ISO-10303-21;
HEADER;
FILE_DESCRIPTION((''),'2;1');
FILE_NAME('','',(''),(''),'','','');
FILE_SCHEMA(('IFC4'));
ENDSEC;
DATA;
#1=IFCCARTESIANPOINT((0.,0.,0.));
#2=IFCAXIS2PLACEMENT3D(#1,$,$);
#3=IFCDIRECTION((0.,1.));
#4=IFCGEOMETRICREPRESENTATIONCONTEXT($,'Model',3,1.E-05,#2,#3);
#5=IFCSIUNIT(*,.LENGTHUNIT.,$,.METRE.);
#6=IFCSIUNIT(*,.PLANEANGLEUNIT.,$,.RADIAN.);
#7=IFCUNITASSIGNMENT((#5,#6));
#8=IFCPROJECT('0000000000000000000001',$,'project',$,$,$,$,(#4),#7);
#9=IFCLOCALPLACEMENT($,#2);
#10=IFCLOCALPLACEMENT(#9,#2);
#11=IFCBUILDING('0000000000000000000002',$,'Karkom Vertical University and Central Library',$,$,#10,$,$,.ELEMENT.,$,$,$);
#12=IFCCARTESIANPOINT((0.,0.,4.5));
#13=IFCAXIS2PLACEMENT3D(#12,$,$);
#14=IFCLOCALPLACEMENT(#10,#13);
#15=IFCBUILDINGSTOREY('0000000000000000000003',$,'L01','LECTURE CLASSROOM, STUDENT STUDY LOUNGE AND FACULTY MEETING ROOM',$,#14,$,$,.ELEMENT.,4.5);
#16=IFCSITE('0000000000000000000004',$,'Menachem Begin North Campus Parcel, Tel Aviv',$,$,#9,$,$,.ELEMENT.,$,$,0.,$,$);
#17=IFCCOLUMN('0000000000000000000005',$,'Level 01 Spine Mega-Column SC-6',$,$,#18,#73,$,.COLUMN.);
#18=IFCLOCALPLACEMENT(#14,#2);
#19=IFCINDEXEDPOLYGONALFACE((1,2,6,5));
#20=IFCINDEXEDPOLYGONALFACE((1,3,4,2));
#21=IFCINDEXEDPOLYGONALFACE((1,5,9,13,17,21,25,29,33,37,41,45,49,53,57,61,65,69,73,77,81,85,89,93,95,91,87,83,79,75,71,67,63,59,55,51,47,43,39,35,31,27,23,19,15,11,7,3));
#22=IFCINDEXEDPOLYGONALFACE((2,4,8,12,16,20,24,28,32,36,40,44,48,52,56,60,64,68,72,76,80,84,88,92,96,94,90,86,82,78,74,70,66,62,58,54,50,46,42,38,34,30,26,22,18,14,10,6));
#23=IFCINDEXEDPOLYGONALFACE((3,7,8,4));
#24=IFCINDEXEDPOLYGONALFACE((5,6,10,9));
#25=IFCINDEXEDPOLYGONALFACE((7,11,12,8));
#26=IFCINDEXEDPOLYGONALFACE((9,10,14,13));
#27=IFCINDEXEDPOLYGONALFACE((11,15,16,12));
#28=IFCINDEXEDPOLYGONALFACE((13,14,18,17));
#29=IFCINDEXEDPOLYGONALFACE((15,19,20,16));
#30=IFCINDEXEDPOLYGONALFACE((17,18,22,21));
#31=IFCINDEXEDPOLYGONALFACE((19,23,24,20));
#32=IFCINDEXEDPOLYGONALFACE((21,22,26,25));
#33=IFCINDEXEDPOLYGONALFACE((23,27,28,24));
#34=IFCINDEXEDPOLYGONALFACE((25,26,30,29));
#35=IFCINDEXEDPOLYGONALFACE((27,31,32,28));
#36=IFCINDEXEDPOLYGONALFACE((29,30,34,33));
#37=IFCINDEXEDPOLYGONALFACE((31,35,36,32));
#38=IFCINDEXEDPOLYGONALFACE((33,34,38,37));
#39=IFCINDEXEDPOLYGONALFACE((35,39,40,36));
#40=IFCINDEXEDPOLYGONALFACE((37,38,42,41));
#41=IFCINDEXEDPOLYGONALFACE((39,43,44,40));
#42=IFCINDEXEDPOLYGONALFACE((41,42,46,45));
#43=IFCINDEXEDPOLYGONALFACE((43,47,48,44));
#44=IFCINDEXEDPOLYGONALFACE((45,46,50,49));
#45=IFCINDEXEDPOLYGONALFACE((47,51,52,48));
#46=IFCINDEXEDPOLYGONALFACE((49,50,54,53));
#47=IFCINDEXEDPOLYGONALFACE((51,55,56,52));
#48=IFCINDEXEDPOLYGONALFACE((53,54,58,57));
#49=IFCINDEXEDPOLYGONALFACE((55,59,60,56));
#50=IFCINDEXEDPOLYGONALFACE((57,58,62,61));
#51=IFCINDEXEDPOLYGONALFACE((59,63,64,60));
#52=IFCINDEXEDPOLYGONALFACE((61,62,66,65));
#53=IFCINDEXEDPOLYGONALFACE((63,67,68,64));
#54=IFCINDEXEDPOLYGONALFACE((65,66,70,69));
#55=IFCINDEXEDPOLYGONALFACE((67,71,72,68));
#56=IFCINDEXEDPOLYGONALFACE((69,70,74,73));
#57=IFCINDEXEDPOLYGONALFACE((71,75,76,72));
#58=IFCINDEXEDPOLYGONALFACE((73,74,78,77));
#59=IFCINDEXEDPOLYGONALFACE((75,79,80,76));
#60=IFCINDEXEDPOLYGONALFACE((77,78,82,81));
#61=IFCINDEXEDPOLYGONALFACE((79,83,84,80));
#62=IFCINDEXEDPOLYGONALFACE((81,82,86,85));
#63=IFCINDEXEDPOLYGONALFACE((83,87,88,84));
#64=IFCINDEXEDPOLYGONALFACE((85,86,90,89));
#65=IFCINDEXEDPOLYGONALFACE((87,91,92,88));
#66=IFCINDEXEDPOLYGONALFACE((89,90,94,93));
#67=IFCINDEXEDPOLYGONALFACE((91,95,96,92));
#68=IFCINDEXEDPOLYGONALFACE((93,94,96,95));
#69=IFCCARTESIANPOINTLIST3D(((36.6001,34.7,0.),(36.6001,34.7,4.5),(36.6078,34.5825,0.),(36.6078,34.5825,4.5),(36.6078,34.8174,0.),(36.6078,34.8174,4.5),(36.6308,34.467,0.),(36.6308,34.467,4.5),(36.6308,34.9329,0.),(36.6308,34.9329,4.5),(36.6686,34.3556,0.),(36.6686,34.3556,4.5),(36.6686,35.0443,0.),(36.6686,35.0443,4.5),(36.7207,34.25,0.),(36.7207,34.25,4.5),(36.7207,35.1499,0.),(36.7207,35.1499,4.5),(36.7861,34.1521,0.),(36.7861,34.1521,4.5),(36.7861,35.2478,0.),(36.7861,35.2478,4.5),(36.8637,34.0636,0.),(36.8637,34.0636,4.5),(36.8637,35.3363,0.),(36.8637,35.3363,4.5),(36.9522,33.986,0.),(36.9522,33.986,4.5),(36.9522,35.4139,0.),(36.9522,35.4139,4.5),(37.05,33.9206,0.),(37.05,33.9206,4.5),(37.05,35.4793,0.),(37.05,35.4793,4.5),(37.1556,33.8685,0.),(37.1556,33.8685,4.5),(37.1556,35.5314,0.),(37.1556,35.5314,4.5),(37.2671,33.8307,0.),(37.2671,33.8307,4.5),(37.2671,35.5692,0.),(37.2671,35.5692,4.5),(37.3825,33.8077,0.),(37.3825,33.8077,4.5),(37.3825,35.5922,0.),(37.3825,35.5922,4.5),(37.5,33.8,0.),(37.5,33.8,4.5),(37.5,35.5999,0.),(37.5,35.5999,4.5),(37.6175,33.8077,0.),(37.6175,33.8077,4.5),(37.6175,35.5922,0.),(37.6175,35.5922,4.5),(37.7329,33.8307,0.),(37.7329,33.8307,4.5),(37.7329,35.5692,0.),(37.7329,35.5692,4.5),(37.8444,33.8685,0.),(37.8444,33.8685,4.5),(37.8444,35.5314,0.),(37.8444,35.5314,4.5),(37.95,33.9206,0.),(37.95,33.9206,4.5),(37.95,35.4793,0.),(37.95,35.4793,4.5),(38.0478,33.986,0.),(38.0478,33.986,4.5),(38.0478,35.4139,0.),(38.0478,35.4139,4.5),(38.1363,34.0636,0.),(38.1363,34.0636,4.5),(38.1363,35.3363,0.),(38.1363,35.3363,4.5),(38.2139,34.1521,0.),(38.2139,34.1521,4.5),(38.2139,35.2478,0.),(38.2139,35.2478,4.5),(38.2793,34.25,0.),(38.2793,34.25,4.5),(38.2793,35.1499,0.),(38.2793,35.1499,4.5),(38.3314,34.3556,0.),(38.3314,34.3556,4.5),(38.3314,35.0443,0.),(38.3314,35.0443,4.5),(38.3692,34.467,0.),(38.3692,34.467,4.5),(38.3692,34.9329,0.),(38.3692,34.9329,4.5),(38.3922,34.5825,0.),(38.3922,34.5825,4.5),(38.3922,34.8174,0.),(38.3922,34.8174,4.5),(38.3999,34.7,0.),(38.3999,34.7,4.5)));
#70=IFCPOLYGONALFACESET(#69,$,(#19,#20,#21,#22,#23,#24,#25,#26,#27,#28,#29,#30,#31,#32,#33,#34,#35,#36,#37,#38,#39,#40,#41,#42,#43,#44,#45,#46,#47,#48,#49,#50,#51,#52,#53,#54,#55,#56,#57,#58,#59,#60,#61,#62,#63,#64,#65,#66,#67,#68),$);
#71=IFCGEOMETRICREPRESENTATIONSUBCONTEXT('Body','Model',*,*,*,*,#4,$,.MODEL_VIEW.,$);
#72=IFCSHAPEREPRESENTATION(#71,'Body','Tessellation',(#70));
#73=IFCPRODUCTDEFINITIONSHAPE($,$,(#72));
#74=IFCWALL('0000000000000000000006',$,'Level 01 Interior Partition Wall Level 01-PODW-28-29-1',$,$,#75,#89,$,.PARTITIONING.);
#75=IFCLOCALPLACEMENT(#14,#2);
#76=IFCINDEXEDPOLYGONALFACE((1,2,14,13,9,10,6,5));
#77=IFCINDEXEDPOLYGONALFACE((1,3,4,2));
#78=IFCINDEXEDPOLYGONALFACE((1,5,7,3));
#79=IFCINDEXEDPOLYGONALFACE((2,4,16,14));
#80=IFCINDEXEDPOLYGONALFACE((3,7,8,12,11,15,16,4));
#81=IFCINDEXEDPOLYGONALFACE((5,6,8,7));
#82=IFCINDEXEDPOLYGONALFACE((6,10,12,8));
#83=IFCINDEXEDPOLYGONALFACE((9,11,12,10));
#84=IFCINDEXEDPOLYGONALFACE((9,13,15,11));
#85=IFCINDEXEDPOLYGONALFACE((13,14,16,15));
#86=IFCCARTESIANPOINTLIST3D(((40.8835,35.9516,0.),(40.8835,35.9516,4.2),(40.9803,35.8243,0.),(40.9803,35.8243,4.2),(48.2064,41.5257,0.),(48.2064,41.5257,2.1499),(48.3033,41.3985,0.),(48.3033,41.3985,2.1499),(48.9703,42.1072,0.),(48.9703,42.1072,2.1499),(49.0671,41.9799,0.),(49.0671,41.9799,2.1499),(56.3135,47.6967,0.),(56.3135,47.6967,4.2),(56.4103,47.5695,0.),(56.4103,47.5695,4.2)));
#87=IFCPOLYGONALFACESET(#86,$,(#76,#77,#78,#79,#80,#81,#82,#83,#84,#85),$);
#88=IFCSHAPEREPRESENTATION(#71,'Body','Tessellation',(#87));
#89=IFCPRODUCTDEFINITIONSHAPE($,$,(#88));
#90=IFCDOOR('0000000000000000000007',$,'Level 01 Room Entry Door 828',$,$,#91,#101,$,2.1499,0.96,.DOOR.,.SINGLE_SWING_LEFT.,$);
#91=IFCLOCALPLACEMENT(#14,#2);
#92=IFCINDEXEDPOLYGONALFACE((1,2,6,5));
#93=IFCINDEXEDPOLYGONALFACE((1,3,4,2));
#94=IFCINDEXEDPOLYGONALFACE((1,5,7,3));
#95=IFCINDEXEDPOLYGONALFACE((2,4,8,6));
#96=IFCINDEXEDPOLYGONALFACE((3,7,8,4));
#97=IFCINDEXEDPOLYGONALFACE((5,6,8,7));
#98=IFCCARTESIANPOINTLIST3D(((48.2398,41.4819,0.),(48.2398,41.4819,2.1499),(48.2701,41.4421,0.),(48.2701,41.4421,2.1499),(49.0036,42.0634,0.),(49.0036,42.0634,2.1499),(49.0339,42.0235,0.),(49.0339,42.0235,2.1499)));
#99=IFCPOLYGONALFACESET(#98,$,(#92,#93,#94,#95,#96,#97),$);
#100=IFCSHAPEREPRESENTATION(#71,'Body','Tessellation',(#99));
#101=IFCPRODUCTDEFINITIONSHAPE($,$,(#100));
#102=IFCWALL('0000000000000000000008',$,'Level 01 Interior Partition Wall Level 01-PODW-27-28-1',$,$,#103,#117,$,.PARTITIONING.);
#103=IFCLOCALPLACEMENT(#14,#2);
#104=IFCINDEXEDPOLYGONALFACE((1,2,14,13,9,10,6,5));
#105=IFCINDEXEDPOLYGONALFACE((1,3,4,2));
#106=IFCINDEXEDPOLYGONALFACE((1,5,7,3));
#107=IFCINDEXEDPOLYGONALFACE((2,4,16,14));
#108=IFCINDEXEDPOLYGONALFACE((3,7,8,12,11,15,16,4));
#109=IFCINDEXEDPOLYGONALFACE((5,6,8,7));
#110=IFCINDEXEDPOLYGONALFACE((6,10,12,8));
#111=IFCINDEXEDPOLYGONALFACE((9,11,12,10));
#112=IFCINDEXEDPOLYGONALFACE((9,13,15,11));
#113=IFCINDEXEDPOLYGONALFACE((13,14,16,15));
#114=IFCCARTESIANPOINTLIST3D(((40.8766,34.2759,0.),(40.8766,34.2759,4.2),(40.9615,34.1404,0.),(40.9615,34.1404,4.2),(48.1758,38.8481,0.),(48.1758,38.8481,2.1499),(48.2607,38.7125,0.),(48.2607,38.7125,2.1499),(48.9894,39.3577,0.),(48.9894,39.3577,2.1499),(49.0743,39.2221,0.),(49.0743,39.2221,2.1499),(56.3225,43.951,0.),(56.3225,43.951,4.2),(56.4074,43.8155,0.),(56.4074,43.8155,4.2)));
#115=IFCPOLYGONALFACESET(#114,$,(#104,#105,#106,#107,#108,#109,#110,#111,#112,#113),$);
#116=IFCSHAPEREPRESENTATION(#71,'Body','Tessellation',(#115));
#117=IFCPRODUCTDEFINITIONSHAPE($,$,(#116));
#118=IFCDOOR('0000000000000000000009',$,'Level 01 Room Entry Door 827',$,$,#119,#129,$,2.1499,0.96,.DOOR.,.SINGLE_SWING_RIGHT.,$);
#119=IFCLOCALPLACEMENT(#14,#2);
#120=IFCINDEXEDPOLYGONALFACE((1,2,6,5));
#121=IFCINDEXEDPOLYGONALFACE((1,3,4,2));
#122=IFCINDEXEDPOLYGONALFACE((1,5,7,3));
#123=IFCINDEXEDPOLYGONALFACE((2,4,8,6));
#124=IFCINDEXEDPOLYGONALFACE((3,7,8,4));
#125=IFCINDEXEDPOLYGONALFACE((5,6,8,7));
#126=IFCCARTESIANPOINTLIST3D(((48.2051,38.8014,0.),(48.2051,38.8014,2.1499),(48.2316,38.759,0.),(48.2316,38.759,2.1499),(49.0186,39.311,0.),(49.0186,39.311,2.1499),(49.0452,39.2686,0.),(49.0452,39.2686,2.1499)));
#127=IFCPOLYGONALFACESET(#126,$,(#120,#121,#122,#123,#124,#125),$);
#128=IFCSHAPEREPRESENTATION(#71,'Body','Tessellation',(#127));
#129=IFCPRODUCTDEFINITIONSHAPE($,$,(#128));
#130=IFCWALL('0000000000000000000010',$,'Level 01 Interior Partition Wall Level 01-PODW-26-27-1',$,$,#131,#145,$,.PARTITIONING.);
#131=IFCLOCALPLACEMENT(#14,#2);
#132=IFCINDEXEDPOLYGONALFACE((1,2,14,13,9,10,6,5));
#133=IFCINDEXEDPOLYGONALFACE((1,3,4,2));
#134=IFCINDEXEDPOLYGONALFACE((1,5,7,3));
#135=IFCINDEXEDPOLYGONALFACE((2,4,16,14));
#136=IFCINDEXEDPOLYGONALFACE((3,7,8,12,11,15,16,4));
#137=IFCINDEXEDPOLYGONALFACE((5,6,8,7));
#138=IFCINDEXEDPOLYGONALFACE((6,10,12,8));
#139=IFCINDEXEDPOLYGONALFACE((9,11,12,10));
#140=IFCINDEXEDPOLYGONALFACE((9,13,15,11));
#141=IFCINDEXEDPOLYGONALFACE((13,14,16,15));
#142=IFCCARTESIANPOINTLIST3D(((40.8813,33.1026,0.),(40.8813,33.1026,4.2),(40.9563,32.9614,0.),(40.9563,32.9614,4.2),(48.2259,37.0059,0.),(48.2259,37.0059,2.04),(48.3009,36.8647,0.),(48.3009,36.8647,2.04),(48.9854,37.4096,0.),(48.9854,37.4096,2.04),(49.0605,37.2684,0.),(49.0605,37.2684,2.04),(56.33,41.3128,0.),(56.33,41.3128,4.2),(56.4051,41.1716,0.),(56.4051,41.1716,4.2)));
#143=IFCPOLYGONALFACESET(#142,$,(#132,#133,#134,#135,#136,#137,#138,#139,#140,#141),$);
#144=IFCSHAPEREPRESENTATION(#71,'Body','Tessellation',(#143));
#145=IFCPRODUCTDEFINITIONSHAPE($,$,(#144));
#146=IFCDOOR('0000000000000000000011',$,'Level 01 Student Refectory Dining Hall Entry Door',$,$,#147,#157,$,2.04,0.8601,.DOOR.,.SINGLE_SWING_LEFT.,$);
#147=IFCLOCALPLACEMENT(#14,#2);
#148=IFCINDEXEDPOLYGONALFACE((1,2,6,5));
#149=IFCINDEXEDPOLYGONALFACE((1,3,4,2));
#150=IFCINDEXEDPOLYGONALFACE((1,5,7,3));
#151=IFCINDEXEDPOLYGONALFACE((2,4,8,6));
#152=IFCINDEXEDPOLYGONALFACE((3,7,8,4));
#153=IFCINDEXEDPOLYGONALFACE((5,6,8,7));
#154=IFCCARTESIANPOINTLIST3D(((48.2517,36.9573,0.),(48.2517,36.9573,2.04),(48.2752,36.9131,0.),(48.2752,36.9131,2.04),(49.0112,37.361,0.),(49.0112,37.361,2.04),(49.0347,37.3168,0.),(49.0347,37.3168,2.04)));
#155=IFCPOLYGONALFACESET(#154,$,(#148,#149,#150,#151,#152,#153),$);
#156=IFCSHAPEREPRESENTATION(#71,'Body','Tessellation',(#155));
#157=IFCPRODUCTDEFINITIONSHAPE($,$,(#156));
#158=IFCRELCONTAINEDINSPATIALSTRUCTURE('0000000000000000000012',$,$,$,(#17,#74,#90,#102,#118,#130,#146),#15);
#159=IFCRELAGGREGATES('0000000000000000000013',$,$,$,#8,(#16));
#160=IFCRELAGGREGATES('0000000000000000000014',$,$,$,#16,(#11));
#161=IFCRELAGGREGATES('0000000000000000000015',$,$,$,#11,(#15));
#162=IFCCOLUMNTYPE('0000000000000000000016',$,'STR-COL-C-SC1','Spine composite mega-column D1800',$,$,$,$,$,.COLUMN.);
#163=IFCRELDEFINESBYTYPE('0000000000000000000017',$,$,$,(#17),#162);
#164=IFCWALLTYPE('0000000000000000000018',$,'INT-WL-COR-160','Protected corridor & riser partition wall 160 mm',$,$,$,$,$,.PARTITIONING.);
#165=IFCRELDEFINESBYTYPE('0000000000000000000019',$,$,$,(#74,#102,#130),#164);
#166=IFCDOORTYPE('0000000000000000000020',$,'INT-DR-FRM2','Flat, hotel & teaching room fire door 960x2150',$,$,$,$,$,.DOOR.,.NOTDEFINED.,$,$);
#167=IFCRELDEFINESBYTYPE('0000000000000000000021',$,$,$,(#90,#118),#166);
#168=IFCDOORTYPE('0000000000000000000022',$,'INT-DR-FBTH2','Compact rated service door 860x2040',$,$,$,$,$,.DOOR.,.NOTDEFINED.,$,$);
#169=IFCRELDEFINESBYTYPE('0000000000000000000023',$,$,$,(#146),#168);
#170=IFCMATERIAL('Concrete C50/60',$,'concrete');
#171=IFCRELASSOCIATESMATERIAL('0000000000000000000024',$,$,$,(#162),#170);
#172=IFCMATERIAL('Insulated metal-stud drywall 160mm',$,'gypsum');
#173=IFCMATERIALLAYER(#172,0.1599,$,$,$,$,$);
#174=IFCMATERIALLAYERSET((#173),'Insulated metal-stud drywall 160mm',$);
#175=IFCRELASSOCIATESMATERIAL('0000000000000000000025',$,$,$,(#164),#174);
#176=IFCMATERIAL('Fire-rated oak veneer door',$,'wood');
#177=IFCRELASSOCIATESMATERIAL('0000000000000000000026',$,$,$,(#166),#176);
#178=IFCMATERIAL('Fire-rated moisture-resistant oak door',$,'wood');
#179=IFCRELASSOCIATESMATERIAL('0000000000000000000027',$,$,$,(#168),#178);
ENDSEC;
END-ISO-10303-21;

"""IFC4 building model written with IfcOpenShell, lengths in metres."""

from ifc_helpers import new_model, si_unit, direction, frame, frame_2d, origin, origin_with_axes, origin_2d, place, context, subcontext, project, spatial, rectangle, circle, extrude, source, transform, mapped, material, layer, layer_set, material_profile, profile_set, type_object, element, fill, save


model = new_model("IFC4")

# Units and contexts
model_context = context("Model", 3, precision=1e-05, world=origin(), true_north=direction((0.0, 1.0)))
body_context = subcontext(model_context, "Body", "Model", "MODEL_VIEW")
ifc_project = project(units=[si_unit("LENGTHUNIT", "METRE"), si_unit("PLANEANGLEUNIT", "RADIAN")], contexts=[model_context])

# Site, building, storey
site_placement = place(None, origin())
site = spatial("IfcSite", under=ifc_project, at=site_placement, Name="Menachem Begin North Campus Parcel, Tel Aviv", CompositionType="ELEMENT", RefElevation=0.0)
building_placement = place(site_placement, origin())
building = spatial("IfcBuilding", under=site, at=building_placement, Name="Karkom Vertical University and Central Library", CompositionType="ELEMENT")
storey_placement = place(building_placement, frame((0.0, 0.0, 4.5)))
storey = spatial("IfcBuildingStorey", under=building, at=storey_placement, Name="L01", Description="LECTURE CLASSROOM, STUDENT STUDY LOUNGE AND FACULTY MEETING ROOM", CompositionType="ELEMENT", Elevation=4.5)

# Column
ifc_material_1 = material(Name="Concrete C50/60", Category="concrete")
ifc_material_profile = material_profile(ifc_material_1, circle(Radius=0.8999, at=origin_2d()), Name="CFT-D1800")
ifc_profile_set = profile_set([ifc_material_profile], Name="Concrete C50/60")
column_type = type_object("IfcColumnType", Name="STR-COL-C-SC1", Description="Spine composite mega-column D1800", PredefinedType="COLUMN", material=ifc_profile_set)
shared_shape_1 = source(origin_with_axes(), body_context, "Body", "SweptSolid", [
    extrude(circle(Radius=0.8999, at=origin_2d()), origin(), (0.0, 0.0, 1.0), 4.5),
])
column_placement = place(storey_placement, frame((37.5, 34.7, 0.0), z_axis=(0.0, 0.0, 1.0), x_axis=(1.0, 0.0, 0.0)))
element("IfcColumn", 1, at=column_placement, inside=storey, type_object=column_type, Name="Level 01 Spine Mega-Column SC-6", PredefinedType="COLUMN", context=body_context, shape_type="MappedRepresentation", body=[
    mapped(shared_shape_1, transform((0.0, 0.0, 0.0), scale=1.0)),
])

# Walls, openings, doors
ifc_material_2 = material(Name="Insulated metal-stud drywall 160mm", Category="gypsum")
ifc_layer_1 = layer(ifc_material_2, 0.1599)
ifc_layer_set_1 = layer_set([ifc_layer_1], Name="Insulated metal-stud drywall 160mm")
wall_type_1 = type_object("IfcWallType", Name="INT-WL-COR-160", Description="Protected corridor & riser partition wall 160 mm", PredefinedType="PARTITIONING", material=ifc_layer_set_1)
wall_1_placement = place(storey_placement, frame((40.9319, 35.8879, 0.0), z_axis=(0.0, 0.0, 1.0), x_axis=(0.795706, 0.605684, 0.0)))
wall_1 = element("IfcWall", 2, at=wall_1_placement, inside=storey, type_object=wall_type_1, Name="Level 01 Interior Partition Wall Level 01-PODW-28-29-1", PredefinedType="PARTITIONING", context=body_context, shape_type="SweptSolid", body=[
    extrude(rectangle(XDim=19.3916, YDim=0.1599, at=frame_2d((9.6958, 0.0))), origin(), (0.0, 0.0, 1.0), 4.2),
])
opening_1_placement = place(wall_1_placement, frame((9.2031, 0.0, 0.0)))
opening_1 = element("IfcOpeningElement", 3, at=opening_1_placement, cuts=wall_1, PredefinedType="OPENING", context=body_context, shape_type="SweptSolid", body=[
    extrude(rectangle(XDim=0.96, YDim=2.1499, at=frame_2d((0.48, 1.075))), frame((0.0, 0.0898, 0.0), z_axis=(0.0, -1.0, 0.0), x_axis=(1.0, 0.0, 0.0)), (0.0, 0.0, 1.0), 0.1799),
])
ifc_material_3 = material(Name="Fire-rated oak veneer door", Category="wood")
door_type_1 = type_object("IfcDoorType", Name="INT-DR-FRM2", Description="Flat, hotel & teaching room fire door 960x2150", OperationType="NOTDEFINED", PredefinedType="DOOR", material=ifc_material_3)
shared_shape_2 = source(origin_with_axes(), body_context, "Body", "SweptSolid", [
    extrude(rectangle(XDim=0.96, YDim=2.1499, at=frame_2d((0.48, 1.075))), frame((0.0, 0.0249, 0.0), z_axis=(0.0, -1.0, 0.0), x_axis=(1.0, 0.0, 0.0)), (0.0, 0.0, 1.0), 0.05),
])
door_1_placement = place(opening_1_placement, origin())
door_1 = element("IfcDoor", 4, at=door_1_placement, inside=storey, type_object=door_type_1, Name="Level 01 Room Entry Door 828", OperationType="SINGLE_SWING_LEFT", OverallHeight=2.1499, OverallWidth=0.96, PredefinedType="DOOR", context=body_context, shape_type="MappedRepresentation", body=[
    mapped(shared_shape_2, transform((0.0, 0.0, 0.0), scale=1.0)),
])
fill(opening_1, door_1)
wall_2_placement = place(storey_placement, frame((40.9192, 34.2083, 0.0), z_axis=(0.0, 0.0, 1.0), x_axis=(0.84747, 0.530844, 0.0)))
wall_2 = element("IfcWall", 5, at=wall_2_placement, inside=storey, type_object=wall_type_1, Name="Level 01 Interior Partition Wall Level 01-PODW-27-28-1", PredefinedType="PARTITIONING", context=body_context, shape_type="SweptSolid", body=[
    extrude(rectangle(XDim=18.2258, YDim=0.1599, at=frame_2d((9.1128, 0.0))), origin(), (0.0, 0.0, 1.0), 4.2),
])
opening_2_placement = place(wall_2_placement, frame((8.6128, 0.0, 0.0)))
opening_2 = element("IfcOpeningElement", 6, at=opening_2_placement, cuts=wall_2, PredefinedType="OPENING", context=body_context, shape_type="SweptSolid", body=[
    extrude(rectangle(XDim=0.96, YDim=2.1499, at=frame_2d((0.48, 1.075))), frame((0.0, 0.0898, 0.0), z_axis=(0.0, -1.0, 0.0), x_axis=(1.0, 0.0, 0.0)), (0.0, 0.0, 1.0), 0.1799),
])
door_2_placement = place(opening_2_placement, origin())
door_2 = element("IfcDoor", 7, at=door_2_placement, inside=storey, type_object=door_type_1, Name="Level 01 Room Entry Door 827", OperationType="SINGLE_SWING_RIGHT", OverallHeight=2.1499, OverallWidth=0.96, PredefinedType="DOOR", context=body_context, shape_type="MappedRepresentation", body=[
    mapped(shared_shape_2, transform((0.0, 0.0, 0.0), scale=1.0)),
])
fill(opening_2, door_2)
wall_3_placement = place(storey_placement, frame((40.9187, 33.032, 0.0), z_axis=(0.0, 0.0, 1.0), x_axis=(0.883043, 0.469292, 0.0)))
wall_3 = element("IfcWall", 8, at=wall_3_placement, inside=storey, type_object=wall_type_1, Name="Level 01 Interior Partition Wall Level 01-PODW-26-27-1", PredefinedType="PARTITIONING", context=body_context, shape_type="SweptSolid", body=[
    extrude(rectangle(XDim=17.4949, YDim=0.1599, at=frame_2d((8.7476, 0.0))), origin(), (0.0, 0.0, 1.0), 4.2),
])
opening_3_placement = place(wall_3_placement, frame((8.3174, 0.0, 0.0)))
opening_3 = element("IfcOpeningElement", 9, at=opening_3_placement, cuts=wall_3, PredefinedType="OPENING", context=body_context, shape_type="SweptSolid", body=[
    extrude(rectangle(XDim=0.8601, YDim=2.04, at=frame_2d((0.4302, 1.02))), frame((0.0, 0.0898, 0.0), z_axis=(0.0, -1.0, 0.0), x_axis=(1.0, 0.0, 0.0)), (0.0, 0.0, 1.0), 0.1799),
])
ifc_material_4 = material(Name="Fire-rated moisture-resistant oak door", Category="wood")
door_type_2 = type_object("IfcDoorType", Name="INT-DR-FBTH2", Description="Compact rated service door 860x2040", OperationType="NOTDEFINED", PredefinedType="DOOR", material=ifc_material_4)
shared_shape_3 = source(origin_with_axes(), body_context, "Body", "SweptSolid", [
    extrude(rectangle(XDim=0.8601, YDim=2.04, at=frame_2d((0.4302, 1.02))), frame((0.0, 0.0249, 0.0), z_axis=(0.0, -1.0, 0.0), x_axis=(1.0, 0.0, 0.0)), (0.0, 0.0, 1.0), 0.05),
])
door_3_placement = place(opening_3_placement, origin())
door_3 = element("IfcDoor", 10, at=door_3_placement, inside=storey, type_object=door_type_2, Name="Level 01 Student Refectory Dining Hall Entry Door", OperationType="SINGLE_SWING_LEFT", OverallHeight=2.04, OverallWidth=0.8601, PredefinedType="DOOR", context=body_context, shape_type="MappedRepresentation", body=[
    mapped(shared_shape_3, transform((0.0, 0.0, 0.0), scale=1.0)),
])
fill(opening_3, door_3)

save(model, "model.ifc")
